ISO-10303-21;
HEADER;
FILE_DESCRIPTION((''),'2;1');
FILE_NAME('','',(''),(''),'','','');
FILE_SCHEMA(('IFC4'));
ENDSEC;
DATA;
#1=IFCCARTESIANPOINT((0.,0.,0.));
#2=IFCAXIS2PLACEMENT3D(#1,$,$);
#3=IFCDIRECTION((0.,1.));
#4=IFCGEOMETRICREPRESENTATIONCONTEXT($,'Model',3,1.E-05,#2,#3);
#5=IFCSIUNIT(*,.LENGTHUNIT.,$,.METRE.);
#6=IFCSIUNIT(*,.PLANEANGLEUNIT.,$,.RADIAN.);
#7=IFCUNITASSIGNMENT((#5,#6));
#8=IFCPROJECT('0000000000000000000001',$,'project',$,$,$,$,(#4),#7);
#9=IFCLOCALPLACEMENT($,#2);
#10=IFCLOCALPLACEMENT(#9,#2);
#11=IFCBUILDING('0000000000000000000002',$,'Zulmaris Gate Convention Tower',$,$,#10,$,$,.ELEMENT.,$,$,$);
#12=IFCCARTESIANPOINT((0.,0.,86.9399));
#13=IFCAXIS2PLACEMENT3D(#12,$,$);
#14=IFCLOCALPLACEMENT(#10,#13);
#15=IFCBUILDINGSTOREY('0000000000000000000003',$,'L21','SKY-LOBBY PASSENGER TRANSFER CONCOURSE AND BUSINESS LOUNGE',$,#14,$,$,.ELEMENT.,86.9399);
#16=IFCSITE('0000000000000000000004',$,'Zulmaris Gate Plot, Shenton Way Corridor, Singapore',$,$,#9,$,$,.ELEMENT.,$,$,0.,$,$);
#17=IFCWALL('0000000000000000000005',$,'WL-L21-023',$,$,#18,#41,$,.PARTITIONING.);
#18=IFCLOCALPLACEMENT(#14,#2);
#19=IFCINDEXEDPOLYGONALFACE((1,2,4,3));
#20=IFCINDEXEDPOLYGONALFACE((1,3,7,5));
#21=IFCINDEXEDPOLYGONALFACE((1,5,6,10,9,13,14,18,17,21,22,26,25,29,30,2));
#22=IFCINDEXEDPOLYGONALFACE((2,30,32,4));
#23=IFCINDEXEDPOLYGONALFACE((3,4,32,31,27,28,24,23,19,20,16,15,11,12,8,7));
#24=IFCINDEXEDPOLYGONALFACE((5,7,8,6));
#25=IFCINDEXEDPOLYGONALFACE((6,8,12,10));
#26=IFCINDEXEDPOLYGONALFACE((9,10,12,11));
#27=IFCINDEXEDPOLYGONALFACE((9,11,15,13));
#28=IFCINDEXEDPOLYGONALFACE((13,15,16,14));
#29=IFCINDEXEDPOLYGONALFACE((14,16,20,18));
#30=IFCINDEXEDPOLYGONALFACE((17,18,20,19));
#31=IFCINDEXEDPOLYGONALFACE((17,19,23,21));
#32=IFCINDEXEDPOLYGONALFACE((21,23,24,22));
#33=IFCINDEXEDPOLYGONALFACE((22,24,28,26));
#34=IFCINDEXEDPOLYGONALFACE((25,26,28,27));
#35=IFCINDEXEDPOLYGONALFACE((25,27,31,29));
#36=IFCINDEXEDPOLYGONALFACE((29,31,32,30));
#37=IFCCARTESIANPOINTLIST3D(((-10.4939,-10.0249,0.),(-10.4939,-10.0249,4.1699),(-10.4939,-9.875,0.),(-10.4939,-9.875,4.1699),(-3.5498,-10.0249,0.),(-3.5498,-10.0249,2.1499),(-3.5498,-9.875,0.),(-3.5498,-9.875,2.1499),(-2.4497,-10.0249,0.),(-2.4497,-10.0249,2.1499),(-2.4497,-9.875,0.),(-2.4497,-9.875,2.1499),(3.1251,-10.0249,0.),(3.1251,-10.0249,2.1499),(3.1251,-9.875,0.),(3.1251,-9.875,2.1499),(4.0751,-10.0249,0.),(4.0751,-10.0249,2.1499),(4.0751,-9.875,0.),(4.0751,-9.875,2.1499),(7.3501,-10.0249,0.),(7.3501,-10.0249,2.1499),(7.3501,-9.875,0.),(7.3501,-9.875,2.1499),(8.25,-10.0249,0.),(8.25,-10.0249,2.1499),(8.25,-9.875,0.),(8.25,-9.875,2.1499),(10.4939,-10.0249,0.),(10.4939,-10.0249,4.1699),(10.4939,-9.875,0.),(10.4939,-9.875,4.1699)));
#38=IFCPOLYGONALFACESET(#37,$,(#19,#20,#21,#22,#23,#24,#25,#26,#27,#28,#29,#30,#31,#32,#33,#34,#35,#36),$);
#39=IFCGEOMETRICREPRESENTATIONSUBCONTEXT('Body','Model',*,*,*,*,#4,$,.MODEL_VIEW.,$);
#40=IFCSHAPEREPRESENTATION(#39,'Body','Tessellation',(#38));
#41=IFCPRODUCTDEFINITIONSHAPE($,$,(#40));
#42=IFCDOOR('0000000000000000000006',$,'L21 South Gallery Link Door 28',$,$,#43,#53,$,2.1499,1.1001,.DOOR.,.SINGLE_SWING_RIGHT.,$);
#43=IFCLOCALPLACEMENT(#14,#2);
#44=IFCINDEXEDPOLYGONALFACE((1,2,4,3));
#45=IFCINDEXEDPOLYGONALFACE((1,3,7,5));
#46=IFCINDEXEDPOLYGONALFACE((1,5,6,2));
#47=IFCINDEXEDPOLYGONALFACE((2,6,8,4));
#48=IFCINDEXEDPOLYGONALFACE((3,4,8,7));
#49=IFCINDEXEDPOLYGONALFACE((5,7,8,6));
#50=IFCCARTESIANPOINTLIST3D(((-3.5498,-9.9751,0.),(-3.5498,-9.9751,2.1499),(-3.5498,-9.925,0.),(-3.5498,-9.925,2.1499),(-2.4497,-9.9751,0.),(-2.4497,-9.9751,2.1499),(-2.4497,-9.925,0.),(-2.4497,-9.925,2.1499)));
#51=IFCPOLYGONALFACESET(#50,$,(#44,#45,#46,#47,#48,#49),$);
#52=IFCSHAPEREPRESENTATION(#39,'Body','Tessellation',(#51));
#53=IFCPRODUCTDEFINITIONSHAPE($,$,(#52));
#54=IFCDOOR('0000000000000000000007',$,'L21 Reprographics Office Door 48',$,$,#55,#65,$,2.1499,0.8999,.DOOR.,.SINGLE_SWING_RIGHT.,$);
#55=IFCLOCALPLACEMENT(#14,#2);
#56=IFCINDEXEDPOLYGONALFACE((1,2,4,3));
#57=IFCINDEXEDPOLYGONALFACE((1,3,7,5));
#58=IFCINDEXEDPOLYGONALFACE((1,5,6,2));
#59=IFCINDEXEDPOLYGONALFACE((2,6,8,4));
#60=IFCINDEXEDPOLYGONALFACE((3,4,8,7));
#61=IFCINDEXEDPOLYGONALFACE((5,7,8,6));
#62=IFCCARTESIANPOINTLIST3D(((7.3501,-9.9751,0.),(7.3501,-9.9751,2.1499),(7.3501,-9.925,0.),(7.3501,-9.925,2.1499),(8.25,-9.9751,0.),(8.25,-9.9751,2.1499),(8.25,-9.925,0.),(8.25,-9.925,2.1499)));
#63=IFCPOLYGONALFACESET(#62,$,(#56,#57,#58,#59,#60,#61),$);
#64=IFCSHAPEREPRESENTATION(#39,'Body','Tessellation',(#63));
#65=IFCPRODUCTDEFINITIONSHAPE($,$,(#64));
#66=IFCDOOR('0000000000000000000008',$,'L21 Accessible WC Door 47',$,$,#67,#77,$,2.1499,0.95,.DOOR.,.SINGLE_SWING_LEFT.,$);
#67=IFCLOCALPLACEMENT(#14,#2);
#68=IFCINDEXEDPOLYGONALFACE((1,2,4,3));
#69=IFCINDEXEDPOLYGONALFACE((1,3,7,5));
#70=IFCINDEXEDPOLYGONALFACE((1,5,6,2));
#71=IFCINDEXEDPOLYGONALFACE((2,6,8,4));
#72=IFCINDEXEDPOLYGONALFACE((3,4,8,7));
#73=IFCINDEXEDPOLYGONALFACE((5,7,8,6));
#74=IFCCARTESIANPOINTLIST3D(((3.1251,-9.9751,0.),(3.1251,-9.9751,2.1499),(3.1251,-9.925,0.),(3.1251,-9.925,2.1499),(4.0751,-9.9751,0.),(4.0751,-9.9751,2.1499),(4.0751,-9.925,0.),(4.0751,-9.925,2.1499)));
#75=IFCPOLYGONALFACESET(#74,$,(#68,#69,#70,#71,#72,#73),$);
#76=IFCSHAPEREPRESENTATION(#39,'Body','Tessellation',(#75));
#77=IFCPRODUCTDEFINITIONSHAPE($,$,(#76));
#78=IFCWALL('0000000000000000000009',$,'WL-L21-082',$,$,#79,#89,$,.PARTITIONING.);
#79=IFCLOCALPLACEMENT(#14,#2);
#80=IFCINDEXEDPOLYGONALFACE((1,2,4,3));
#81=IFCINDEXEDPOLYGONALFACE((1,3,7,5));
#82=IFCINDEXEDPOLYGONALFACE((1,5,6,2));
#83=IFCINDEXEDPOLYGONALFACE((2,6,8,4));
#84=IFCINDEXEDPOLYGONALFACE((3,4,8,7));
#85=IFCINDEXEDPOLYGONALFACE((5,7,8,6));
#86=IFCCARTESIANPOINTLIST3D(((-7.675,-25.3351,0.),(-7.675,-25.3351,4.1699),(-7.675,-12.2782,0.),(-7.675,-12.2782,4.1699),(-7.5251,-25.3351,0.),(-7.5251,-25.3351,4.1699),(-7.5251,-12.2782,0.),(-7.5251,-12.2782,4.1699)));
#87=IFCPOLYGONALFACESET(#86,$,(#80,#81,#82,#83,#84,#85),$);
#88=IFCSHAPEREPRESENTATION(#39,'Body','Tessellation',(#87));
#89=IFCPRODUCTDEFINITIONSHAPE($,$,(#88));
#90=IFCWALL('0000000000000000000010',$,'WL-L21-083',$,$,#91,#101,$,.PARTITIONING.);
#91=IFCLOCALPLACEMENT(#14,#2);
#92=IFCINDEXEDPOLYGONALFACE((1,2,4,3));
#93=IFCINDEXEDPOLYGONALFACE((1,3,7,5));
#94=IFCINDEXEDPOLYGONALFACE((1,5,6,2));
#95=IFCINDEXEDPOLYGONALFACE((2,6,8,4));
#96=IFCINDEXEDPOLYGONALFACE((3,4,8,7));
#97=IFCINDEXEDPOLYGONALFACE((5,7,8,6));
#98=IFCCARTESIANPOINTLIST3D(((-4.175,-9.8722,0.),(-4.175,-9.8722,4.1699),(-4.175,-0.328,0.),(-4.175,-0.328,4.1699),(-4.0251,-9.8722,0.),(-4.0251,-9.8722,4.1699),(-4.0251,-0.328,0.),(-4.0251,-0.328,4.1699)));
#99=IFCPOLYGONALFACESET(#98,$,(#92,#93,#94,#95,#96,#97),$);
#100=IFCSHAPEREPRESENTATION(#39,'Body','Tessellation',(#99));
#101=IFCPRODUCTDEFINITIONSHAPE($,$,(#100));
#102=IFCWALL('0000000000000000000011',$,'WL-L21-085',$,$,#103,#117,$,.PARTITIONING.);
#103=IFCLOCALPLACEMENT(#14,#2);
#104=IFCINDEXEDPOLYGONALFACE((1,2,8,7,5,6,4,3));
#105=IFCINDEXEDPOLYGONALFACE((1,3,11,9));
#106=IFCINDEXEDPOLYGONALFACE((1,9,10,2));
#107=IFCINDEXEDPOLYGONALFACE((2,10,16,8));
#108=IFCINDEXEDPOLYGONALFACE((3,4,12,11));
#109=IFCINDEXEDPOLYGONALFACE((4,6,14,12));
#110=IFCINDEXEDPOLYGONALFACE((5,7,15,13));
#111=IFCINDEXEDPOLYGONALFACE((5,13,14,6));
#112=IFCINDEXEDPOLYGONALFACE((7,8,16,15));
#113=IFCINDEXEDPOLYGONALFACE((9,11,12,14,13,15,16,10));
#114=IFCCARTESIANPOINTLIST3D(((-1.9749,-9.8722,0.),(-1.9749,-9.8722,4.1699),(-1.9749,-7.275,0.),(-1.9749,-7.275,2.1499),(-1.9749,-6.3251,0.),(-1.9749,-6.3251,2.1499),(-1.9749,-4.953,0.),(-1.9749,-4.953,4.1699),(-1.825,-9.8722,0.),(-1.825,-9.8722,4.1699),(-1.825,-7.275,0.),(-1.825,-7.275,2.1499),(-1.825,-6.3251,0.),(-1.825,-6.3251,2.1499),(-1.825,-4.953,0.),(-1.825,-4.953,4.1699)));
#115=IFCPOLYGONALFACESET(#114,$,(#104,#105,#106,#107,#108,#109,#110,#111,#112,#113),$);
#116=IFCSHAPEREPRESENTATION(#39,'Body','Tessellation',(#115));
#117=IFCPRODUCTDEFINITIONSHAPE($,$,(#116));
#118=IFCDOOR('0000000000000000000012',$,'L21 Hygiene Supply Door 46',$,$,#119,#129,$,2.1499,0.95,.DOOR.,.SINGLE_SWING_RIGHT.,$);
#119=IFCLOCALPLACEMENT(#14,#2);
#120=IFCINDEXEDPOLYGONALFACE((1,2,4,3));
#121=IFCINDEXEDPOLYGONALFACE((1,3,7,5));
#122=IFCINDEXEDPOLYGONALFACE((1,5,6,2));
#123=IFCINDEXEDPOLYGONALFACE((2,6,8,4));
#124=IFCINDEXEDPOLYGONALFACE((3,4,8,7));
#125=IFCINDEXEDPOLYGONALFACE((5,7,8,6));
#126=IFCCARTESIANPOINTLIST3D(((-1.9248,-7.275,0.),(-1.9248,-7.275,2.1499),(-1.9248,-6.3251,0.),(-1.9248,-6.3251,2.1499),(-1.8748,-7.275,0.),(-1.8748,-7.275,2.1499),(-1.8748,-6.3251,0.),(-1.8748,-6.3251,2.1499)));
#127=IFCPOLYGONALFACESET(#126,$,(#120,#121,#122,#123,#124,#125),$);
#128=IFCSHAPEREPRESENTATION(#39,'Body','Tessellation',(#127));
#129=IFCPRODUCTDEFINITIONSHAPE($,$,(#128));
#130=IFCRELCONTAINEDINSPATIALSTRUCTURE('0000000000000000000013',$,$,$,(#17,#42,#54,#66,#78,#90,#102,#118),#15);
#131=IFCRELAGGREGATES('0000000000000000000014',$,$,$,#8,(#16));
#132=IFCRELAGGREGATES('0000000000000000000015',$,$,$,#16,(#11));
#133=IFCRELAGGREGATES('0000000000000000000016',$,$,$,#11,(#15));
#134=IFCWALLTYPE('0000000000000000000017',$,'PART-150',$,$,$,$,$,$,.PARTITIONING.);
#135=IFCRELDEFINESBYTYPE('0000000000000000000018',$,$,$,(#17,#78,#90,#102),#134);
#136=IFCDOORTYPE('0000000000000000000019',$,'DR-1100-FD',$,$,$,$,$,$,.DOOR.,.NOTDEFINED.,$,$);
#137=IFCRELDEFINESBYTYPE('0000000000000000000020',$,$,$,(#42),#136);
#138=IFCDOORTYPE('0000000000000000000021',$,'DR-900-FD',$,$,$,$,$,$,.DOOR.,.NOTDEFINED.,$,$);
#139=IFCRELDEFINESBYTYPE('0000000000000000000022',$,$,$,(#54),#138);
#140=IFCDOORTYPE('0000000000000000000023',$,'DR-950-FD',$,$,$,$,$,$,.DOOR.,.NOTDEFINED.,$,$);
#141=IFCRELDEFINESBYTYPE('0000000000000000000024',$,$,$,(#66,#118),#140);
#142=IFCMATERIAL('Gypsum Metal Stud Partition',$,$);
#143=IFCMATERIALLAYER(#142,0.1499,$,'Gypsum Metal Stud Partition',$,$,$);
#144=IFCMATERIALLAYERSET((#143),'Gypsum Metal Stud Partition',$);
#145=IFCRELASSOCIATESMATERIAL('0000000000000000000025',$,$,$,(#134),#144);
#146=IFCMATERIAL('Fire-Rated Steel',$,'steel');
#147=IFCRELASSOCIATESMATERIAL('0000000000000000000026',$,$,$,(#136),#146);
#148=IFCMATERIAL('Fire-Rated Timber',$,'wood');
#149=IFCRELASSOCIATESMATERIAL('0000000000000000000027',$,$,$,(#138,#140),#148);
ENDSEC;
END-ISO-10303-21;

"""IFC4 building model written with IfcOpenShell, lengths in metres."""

from ifc_helpers import new_model, si_unit, direction, frame, frame_2d, origin, place, context, subcontext, project, spatial, rectangle, extrude, material, layer, layer_set, type_object, element, fill, save


model = new_model("IFC4")

# Units and contexts
model_context = context("Model", 3, precision=1e-05, world=origin(), true_north=direction((0.0, 1.0)))
body_context = subcontext(model_context, "Body", "Model", "MODEL_VIEW")
ifc_project = project(units=[si_unit("LENGTHUNIT", "METRE"), si_unit("PLANEANGLEUNIT", "RADIAN")], contexts=[model_context])

# Site, building, storey
site_placement = place(None, origin())
site = spatial("IfcSite", under=ifc_project, at=site_placement, Name="Zulmaris Gate Plot, Shenton Way Corridor, Singapore", CompositionType="ELEMENT", RefElevation=0.0)
building_placement = place(site_placement, origin())
building = spatial("IfcBuilding", under=site, at=building_placement, Name="Zulmaris Gate Convention Tower", CompositionType="ELEMENT")
storey_placement = place(building_placement, frame((0.0, 0.0, 86.9399)))
storey = spatial("IfcBuildingStorey", under=building, at=storey_placement, Name="L21", Description="SKY-LOBBY PASSENGER TRANSFER CONCOURSE AND BUSINESS LOUNGE", CompositionType="ELEMENT", Elevation=86.9399)

# Wall, openings, doors
ifc_material_1 = material(Name="Gypsum Metal Stud Partition")
ifc_layer_1 = layer(ifc_material_1, 0.1499, Name="Gypsum Metal Stud Partition")
ifc_layer_set_1 = layer_set([ifc_layer_1], Name="Gypsum Metal Stud Partition")
wall_type_1 = type_object("IfcWallType", Name="PART-150", PredefinedType="PARTITIONING", material=ifc_layer_set_1)
wall_1_placement = place(storey_placement, frame((-10.4939, -9.95, 0.0), z_axis=(0.0, 0.0, 1.0), x_axis=(1.0, 0.0, 0.0)))
wall_1 = element("IfcWall", 1, at=wall_1_placement, inside=storey, type_object=wall_type_1, Name="WL-L21-023", PredefinedType="PARTITIONING", context=body_context, shape_type="SweptSolid", body=[
    extrude(rectangle(XDim=20.9878, YDim=0.1499, at=frame_2d((10.4939, 0.0))), origin(), (0.0, 0.0, 1.0), 4.1699),
])
opening_1_placement = place(wall_1_placement, frame((6.9441, 0.0, 0.0)))
opening_1 = element("IfcOpeningElement", 2, at=opening_1_placement, cuts=wall_1, PredefinedType="OPENING", context=body_context, shape_type="SweptSolid", body=[
    extrude(rectangle(XDim=1.1001, YDim=2.1499, at=frame_2d((0.55, 1.075))), frame((0.0, 0.085, 0.0), z_axis=(0.0, -1.0, 0.0), x_axis=(1.0, 0.0, 0.0)), (0.0, 0.0, 1.0), 0.1699),
])
opening_2_placement = place(wall_1_placement, frame((13.6189, 0.0, 0.0)))
opening_2 = element("IfcOpeningElement", 3, at=opening_2_placement, cuts=wall_1, PredefinedType="OPENING", context=body_context, shape_type="SweptSolid", body=[
    extrude(rectangle(XDim=0.95, YDim=2.1499, at=frame_2d((0.4751, 1.075))), frame((0.0, 0.085, 0.0), z_axis=(0.0, -1.0, 0.0), x_axis=(1.0, 0.0, 0.0)), (0.0, 0.0, 1.0), 0.1699),
])
opening_3_placement = place(wall_1_placement, frame((17.844, 0.0, 0.0)))
opening_3 = element("IfcOpeningElement", 4, at=opening_3_placement, cuts=wall_1, PredefinedType="OPENING", context=body_context, shape_type="SweptSolid", body=[
    extrude(rectangle(XDim=0.8999, YDim=2.1499, at=frame_2d((0.45, 1.075))), frame((0.0, 0.085, 0.0), z_axis=(0.0, -1.0, 0.0), x_axis=(1.0, 0.0, 0.0)), (0.0, 0.0, 1.0), 0.1699),
])
ifc_material_2 = material(Name="Fire-Rated Steel", Category="steel")
door_type_1 = type_object("IfcDoorType", Name="DR-1100-FD", OperationType="NOTDEFINED", PredefinedType="DOOR", material=ifc_material_2)
door_1_placement = place(opening_1_placement, origin())
door_1 = element("IfcDoor", 5, at=door_1_placement, inside=storey, type_object=door_type_1, Name="L21 South Gallery Link Door 28", OperationType="SINGLE_SWING_RIGHT", OverallHeight=2.1499, OverallWidth=1.1001, PredefinedType="DOOR", context=body_context, shape_type="SweptSolid", body=[
    extrude(rectangle(XDim=1.1001, YDim=2.1499, at=frame_2d((0.55, 1.075))), frame((0.0, 0.0249, 0.0), z_axis=(0.0, -1.0, 0.0), x_axis=(1.0, 0.0, 0.0)), (0.0, 0.0, 1.0), 0.05),
])
fill(opening_1, door_1)
ifc_material_3 = material(Name="Fire-Rated Timber", Category="wood")
door_type_2 = type_object("IfcDoorType", Name="DR-900-FD", OperationType="NOTDEFINED", PredefinedType="DOOR", material=ifc_material_3)
door_2_placement = place(opening_3_placement, origin())
door_2 = element("IfcDoor", 6, at=door_2_placement, inside=storey, type_object=door_type_2, Name="L21 Reprographics Office Door 48", OperationType="SINGLE_SWING_RIGHT", OverallHeight=2.1499, OverallWidth=0.8999, PredefinedType="DOOR", context=body_context, shape_type="SweptSolid", body=[
    extrude(rectangle(XDim=0.8999, YDim=2.1499, at=frame_2d((0.45, 1.075))), frame((0.0, 0.0249, 0.0), z_axis=(0.0, -1.0, 0.0), x_axis=(1.0, 0.0, 0.0)), (0.0, 0.0, 1.0), 0.05),
])
fill(opening_3, door_2)
door_type_3 = type_object("IfcDoorType", Name="DR-950-FD", OperationType="NOTDEFINED", PredefinedType="DOOR", material=ifc_material_3)
door_3_placement = place(opening_2_placement, origin())
door_3 = element("IfcDoor", 7, at=door_3_placement, inside=storey, type_object=door_type_3, Name="L21 Accessible WC Door 47", OperationType="SINGLE_SWING_LEFT", OverallHeight=2.1499, OverallWidth=0.95, PredefinedType="DOOR", context=body_context, shape_type="SweptSolid", body=[
    extrude(rectangle(XDim=0.95, YDim=2.1499, at=frame_2d((0.4751, 1.075))), frame((0.0, 0.0249, 0.0), z_axis=(0.0, -1.0, 0.0), x_axis=(1.0, 0.0, 0.0)), (0.0, 0.0, 1.0), 0.05),
])
fill(opening_2, door_3)

# Walls
wall_2_placement = place(storey_placement, frame((-7.6001, -25.335, 0.0), z_axis=(0.0, 0.0, 1.0), x_axis=(0.0, 1.0, 0.0)))
element("IfcWall", 8, at=wall_2_placement, inside=storey, type_object=wall_type_1, Name="WL-L21-082", PredefinedType="PARTITIONING", context=body_context, shape_type="SweptSolid", body=[
    extrude(rectangle(XDim=13.0569, YDim=0.1499, at=frame_2d((6.5283, 0.0))), origin(), (0.0, 0.0, 1.0), 4.1699),
])
wall_3_placement = place(storey_placement, frame((-4.1001, -9.8721, 0.0), z_axis=(0.0, 0.0, 1.0), x_axis=(0.0, 1.0, 0.0)))
element("IfcWall", 9, at=wall_3_placement, inside=storey, type_object=wall_type_1, Name="WL-L21-083", PredefinedType="PARTITIONING", context=body_context, shape_type="SweptSolid", body=[
    extrude(rectangle(XDim=9.5442, YDim=0.1499, at=frame_2d((4.772, 0.0))), origin(), (0.0, 0.0, 1.0), 4.1699),
])

# Wall, opening, door
wall_4_placement = place(storey_placement, frame((-1.8999, -9.8721, 0.0), z_axis=(0.0, 0.0, 1.0), x_axis=(0.0, 1.0, 0.0)))
wall_4 = element("IfcWall", 10, at=wall_4_placement, inside=storey, type_object=wall_type_1, Name="WL-L21-085", PredefinedType="PARTITIONING", context=body_context, shape_type="SweptSolid", body=[
    extrude(rectangle(XDim=4.9192, YDim=0.1499, at=frame_2d((2.4595, 0.0))), origin(), (0.0, 0.0, 1.0), 4.1699),
])
opening_4_placement = place(wall_4_placement, frame((2.5969, 0.0, 0.0)))
opening_4 = element("IfcOpeningElement", 11, at=opening_4_placement, cuts=wall_4, PredefinedType="OPENING", context=body_context, shape_type="SweptSolid", body=[
    extrude(rectangle(XDim=0.95, YDim=2.1499, at=frame_2d((0.4751, 1.075))), frame((0.0, 0.085, 0.0), z_axis=(0.0, -1.0, 0.0), x_axis=(1.0, 0.0, 0.0)), (0.0, 0.0, 1.0), 0.1699),
])
door_4_placement = place(opening_4_placement, origin())
door_4 = element("IfcDoor", 12, at=door_4_placement, inside=storey, type_object=door_type_3, Name="L21 Hygiene Supply Door 46", OperationType="SINGLE_SWING_RIGHT", OverallHeight=2.1499, OverallWidth=0.95, PredefinedType="DOOR", context=body_context, shape_type="SweptSolid", body=[
    extrude(rectangle(XDim=0.95, YDim=2.1499, at=frame_2d((0.4751, 1.075))), frame((0.0, 0.0249, 0.0), z_axis=(0.0, -1.0, 0.0), x_axis=(1.0, 0.0, 0.0)), (0.0, 0.0, 1.0), 0.05),
])
fill(opening_4, door_4)

save(model, "model.ifc")
